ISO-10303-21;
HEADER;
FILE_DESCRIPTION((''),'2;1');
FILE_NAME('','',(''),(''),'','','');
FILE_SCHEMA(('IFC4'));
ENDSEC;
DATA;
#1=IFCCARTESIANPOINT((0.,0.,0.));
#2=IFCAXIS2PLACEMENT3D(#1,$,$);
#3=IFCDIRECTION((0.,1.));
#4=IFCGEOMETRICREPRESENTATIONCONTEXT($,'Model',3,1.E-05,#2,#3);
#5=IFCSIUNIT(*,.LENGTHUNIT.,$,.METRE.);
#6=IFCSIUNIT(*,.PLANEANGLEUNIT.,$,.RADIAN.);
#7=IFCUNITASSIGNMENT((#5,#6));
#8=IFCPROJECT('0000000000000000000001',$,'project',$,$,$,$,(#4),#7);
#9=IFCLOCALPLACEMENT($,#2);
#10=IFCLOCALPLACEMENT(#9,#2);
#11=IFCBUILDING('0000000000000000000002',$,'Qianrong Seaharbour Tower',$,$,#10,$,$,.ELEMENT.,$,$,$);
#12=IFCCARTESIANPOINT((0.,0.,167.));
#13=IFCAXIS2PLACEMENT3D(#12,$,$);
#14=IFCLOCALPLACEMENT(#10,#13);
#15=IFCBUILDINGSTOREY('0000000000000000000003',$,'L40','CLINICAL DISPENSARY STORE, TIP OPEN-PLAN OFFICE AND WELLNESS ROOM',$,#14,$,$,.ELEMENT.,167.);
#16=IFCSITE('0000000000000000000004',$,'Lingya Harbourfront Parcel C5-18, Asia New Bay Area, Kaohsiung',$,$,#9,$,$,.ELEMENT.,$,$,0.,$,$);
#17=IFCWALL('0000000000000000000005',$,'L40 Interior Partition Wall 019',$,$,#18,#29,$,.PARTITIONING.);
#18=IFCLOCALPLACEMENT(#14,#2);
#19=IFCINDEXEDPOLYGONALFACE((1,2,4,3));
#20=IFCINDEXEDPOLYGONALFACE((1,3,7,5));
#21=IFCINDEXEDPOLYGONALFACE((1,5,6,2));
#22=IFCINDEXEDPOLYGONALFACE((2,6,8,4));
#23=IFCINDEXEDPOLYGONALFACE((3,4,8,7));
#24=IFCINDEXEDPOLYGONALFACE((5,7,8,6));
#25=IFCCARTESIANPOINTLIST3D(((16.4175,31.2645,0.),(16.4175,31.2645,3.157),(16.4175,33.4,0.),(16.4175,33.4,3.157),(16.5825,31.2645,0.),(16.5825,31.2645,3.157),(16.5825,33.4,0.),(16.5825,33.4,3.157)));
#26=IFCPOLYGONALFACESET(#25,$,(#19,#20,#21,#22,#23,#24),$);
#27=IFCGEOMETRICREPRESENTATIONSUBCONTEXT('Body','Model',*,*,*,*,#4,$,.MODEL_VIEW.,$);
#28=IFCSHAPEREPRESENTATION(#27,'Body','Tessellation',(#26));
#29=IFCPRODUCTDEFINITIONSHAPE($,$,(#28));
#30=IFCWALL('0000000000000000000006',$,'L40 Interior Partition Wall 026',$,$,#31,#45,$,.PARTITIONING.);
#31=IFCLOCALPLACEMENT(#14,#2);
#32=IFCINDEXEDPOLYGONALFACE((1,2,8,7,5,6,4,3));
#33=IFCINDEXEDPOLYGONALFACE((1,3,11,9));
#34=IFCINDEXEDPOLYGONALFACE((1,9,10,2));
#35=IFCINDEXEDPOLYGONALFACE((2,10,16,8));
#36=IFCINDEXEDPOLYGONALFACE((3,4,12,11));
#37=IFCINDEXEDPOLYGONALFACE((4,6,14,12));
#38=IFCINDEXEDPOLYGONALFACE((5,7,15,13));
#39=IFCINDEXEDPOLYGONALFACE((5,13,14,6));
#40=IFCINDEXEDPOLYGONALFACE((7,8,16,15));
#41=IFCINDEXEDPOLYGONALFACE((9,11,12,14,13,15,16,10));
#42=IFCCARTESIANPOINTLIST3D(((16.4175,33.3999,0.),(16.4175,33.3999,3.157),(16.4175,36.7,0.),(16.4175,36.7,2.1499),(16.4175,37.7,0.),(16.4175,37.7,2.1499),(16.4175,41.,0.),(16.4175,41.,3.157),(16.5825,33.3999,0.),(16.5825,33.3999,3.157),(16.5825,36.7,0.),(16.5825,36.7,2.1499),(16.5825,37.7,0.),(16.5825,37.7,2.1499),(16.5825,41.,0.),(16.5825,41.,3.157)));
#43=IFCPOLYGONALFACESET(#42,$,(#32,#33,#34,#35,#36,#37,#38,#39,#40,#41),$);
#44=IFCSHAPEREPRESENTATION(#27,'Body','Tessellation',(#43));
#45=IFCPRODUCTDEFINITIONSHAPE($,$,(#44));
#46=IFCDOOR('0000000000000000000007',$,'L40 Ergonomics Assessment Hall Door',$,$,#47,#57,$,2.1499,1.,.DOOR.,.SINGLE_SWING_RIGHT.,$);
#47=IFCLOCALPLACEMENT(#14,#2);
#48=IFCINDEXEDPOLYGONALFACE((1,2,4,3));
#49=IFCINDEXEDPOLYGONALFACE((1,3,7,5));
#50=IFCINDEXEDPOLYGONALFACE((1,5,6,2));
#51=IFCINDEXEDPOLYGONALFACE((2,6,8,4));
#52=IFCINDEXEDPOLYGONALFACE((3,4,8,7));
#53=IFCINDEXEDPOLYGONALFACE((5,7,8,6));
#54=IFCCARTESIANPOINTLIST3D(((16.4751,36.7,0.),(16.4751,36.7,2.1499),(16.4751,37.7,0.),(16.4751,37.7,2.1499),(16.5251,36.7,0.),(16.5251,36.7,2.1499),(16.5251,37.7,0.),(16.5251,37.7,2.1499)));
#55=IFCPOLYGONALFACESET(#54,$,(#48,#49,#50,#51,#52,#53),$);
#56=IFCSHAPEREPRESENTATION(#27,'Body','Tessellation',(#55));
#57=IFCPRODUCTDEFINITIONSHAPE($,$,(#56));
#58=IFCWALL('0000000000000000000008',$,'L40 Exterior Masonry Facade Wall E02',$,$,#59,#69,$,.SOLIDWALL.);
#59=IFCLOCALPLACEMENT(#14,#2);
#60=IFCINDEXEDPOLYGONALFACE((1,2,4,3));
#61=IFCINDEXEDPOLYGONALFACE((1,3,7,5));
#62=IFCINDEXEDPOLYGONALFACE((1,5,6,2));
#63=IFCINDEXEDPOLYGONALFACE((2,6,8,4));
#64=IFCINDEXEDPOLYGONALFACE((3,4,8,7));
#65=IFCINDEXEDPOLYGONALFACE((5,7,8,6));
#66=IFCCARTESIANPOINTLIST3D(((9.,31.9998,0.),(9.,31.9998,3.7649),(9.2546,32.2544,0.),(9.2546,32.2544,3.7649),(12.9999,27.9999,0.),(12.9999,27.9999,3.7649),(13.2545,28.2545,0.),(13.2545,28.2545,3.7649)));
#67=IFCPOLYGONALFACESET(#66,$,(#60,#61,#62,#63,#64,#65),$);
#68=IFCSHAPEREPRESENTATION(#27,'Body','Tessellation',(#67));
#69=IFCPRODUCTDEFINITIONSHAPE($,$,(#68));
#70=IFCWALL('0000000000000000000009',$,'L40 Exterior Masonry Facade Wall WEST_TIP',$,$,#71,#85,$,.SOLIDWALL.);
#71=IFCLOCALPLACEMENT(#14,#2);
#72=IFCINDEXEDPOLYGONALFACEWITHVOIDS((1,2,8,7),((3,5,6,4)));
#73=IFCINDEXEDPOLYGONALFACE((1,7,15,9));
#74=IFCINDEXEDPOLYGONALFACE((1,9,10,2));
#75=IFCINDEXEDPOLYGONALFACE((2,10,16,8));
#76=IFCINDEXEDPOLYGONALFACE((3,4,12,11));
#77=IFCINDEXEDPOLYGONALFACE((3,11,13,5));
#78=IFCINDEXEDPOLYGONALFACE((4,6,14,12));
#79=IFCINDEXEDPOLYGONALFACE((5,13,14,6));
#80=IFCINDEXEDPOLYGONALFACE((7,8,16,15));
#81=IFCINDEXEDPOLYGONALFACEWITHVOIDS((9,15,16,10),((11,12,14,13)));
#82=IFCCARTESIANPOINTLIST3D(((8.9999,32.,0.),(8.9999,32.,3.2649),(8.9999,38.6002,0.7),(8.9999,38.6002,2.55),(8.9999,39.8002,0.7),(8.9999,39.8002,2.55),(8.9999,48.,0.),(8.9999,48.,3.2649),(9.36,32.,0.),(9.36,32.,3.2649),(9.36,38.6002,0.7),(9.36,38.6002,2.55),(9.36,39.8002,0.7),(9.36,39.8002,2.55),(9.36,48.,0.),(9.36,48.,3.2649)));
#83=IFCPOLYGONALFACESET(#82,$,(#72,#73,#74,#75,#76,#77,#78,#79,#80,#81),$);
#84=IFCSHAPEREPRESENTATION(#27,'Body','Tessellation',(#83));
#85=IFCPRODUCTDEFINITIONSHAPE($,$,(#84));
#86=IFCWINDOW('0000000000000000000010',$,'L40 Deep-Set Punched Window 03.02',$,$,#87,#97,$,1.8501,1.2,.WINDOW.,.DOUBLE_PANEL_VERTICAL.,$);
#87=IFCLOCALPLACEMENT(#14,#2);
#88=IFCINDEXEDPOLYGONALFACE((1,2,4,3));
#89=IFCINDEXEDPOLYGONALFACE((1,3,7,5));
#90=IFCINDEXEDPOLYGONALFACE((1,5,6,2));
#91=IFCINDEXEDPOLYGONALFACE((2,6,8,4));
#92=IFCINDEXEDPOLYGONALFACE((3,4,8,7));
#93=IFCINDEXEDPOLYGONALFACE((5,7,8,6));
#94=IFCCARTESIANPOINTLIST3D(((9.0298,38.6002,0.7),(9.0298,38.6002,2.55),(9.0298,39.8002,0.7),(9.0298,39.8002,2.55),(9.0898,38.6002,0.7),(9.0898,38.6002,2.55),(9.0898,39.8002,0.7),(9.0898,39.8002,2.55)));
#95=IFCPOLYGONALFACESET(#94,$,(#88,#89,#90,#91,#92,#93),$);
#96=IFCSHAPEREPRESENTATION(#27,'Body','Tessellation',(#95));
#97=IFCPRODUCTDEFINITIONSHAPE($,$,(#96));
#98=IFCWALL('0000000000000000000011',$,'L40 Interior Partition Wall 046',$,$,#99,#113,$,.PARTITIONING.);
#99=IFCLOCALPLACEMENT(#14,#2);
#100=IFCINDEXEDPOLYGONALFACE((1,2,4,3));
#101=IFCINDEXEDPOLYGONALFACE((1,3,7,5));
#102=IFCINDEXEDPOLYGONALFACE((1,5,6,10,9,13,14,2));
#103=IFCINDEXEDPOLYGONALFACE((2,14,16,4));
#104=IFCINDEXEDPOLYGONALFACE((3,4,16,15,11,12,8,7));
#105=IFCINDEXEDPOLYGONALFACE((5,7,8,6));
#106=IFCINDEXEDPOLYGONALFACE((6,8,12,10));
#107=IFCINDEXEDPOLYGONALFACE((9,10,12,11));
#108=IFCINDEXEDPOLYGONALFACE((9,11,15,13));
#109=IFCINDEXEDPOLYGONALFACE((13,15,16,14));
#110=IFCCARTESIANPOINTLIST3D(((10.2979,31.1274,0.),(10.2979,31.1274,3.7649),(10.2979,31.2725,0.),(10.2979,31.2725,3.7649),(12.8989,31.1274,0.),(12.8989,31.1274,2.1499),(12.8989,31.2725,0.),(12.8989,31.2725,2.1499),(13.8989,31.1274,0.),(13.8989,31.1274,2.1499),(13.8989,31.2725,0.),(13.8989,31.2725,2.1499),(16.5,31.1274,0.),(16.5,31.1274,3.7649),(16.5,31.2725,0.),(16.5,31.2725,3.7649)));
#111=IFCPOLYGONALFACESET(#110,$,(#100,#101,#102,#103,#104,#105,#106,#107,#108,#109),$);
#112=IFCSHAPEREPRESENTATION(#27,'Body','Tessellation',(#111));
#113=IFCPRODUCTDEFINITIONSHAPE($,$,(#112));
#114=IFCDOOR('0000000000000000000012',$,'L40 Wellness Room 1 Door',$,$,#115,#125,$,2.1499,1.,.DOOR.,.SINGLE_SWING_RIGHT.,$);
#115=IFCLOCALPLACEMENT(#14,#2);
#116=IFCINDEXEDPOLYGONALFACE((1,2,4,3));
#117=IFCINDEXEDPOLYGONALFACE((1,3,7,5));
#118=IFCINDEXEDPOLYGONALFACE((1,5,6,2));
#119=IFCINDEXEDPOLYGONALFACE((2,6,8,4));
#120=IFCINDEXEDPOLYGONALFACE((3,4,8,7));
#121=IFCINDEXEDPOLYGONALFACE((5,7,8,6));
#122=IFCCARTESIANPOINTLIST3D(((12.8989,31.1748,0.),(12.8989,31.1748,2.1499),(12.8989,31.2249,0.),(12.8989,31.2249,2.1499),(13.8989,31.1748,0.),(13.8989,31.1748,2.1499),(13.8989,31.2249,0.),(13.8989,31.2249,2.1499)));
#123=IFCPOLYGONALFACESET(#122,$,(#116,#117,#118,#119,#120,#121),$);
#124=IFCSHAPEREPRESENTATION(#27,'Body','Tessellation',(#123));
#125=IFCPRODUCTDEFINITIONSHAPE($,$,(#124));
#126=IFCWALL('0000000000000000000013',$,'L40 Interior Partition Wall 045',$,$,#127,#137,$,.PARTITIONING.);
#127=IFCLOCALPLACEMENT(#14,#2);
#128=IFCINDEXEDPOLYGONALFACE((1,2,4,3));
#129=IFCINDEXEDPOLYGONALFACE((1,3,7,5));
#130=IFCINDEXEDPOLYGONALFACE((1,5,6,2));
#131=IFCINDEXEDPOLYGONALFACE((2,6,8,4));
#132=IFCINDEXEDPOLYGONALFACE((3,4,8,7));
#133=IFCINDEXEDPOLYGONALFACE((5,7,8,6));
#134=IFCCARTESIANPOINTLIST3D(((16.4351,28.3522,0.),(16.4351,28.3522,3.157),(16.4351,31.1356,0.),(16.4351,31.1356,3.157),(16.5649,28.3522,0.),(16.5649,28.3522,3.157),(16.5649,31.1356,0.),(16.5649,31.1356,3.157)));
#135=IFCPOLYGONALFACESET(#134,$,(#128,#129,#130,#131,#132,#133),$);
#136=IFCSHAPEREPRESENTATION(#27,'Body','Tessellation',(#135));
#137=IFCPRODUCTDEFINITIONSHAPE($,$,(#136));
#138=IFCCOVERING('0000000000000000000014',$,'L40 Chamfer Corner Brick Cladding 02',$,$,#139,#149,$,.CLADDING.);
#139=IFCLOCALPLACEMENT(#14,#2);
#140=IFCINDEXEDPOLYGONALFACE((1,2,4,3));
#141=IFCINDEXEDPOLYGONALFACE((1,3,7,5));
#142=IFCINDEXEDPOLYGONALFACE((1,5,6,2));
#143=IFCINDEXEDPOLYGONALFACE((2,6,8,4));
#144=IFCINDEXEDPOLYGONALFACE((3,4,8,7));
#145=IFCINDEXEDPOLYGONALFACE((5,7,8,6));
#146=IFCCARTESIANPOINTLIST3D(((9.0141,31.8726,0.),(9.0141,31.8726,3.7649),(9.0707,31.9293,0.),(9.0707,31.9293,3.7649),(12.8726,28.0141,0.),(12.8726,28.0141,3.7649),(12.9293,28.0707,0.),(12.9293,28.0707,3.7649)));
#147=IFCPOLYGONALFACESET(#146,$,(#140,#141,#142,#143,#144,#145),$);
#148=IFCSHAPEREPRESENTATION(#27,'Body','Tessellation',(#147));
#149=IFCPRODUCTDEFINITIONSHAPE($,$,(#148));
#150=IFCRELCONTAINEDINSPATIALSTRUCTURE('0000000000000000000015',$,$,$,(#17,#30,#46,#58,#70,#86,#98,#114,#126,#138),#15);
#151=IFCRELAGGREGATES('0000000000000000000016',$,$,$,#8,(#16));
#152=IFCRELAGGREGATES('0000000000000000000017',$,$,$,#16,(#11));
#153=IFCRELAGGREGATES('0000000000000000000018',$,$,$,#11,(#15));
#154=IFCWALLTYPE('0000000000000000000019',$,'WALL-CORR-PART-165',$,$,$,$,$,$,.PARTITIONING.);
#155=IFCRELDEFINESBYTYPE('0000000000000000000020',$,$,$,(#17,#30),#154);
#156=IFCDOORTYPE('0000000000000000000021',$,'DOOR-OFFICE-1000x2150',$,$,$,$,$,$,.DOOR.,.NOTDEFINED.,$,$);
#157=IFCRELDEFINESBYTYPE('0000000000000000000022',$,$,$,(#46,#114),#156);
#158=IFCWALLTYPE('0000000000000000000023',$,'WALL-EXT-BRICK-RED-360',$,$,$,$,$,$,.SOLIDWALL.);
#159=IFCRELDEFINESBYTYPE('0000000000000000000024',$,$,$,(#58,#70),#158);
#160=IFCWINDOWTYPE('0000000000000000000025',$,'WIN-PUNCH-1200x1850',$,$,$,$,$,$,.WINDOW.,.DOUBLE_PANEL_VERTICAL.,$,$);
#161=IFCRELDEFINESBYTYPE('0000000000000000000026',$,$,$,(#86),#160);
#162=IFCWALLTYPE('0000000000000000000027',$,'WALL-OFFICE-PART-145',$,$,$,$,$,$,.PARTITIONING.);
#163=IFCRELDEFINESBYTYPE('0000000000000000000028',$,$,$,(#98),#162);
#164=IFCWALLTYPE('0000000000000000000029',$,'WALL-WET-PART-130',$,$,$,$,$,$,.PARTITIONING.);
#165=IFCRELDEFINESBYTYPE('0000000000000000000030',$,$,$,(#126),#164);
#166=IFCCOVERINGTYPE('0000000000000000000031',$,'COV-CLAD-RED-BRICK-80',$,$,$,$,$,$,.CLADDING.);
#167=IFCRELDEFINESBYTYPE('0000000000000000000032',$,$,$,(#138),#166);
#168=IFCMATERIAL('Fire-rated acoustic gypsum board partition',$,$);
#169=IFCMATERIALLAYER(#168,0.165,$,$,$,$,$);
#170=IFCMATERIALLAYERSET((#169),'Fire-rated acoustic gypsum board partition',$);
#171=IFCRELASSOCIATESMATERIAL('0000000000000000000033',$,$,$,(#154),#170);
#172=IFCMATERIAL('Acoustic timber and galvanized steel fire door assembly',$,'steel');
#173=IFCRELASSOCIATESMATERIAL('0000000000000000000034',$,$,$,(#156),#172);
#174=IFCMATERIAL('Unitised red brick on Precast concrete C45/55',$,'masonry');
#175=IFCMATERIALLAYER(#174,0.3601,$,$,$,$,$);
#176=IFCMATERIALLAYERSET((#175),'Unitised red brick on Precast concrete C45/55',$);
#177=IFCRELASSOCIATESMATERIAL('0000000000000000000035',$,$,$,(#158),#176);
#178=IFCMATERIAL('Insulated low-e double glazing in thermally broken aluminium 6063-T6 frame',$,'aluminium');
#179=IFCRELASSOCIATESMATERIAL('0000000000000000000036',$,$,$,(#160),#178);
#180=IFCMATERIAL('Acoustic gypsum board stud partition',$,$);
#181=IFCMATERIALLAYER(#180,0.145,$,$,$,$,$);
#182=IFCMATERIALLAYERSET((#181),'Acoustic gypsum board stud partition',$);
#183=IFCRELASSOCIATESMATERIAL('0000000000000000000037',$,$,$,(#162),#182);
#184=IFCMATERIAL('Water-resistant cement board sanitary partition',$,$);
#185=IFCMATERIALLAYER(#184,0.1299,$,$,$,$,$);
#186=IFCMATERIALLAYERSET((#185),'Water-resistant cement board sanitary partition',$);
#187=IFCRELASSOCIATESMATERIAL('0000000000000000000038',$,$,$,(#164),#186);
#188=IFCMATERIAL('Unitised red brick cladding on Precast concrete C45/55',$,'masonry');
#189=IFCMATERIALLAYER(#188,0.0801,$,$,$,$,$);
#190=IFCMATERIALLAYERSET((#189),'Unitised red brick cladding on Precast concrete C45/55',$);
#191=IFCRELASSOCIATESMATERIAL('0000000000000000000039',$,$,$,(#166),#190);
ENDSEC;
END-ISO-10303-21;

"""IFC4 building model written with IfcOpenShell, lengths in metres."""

from ifc_helpers import new_model, si_unit, direction, frame, frame_2d, origin, origin_2d, place, context, subcontext, project, spatial, rectangle, extrude, material, layer, layer_set, type_object, element, fill, save


model = new_model("IFC4")

# Units and contexts
model_context = context("Model", 3, precision=1e-05, world=origin(), true_north=direction((0.0, 1.0)))
body_context = subcontext(model_context, "Body", "Model", "MODEL_VIEW")
ifc_project = project(units=[si_unit("LENGTHUNIT", "METRE"), si_unit("PLANEANGLEUNIT", "RADIAN")], contexts=[model_context])

# Site, building, storey
site_placement = place(None, origin())
site = spatial("IfcSite", under=ifc_project, at=site_placement, Name="Lingya Harbourfront Parcel C5-18, Asia New Bay Area, Kaohsiung", CompositionType="ELEMENT", RefElevation=0.0)
building_placement = place(site_placement, origin())
building = spatial("IfcBuilding", under=site, at=building_placement, Name="Qianrong Seaharbour Tower", CompositionType="ELEMENT")
storey_placement = place(building_placement, frame((0.0, 0.0, 167.0)))
storey = spatial("IfcBuildingStorey", under=building, at=storey_placement, Name="L40", Description="CLINICAL DISPENSARY STORE, TIP OPEN-PLAN OFFICE AND WELLNESS ROOM", CompositionType="ELEMENT", Elevation=167.0)

# Wall
ifc_material_1 = material(Name="Fire-rated acoustic gypsum board partition")
ifc_layer_1 = layer(ifc_material_1, 0.165)
ifc_layer_set_1 = layer_set([ifc_layer_1], Name="Fire-rated acoustic gypsum board partition")
wall_type_1 = type_object("IfcWallType", Name="WALL-CORR-PART-165", PredefinedType="PARTITIONING", material=ifc_layer_set_1)
wall_1_placement = place(storey_placement, frame((16.5, 31.2644, 0.0), z_axis=(0.0, 0.0, 1.0), x_axis=(0.0, 1.0, 0.0)))
element("IfcWall", 1, at=wall_1_placement, inside=storey, type_object=wall_type_1, Name="L40 Interior Partition Wall 019", PredefinedType="PARTITIONING", context=body_context, shape_type="SweptSolid", body=[
    extrude(rectangle(XDim=2.1355, YDim=0.165, at=frame_2d((1.0679, 0.0))), origin(), (0.0, 0.0, 1.0), 3.157),
])

# Wall, opening, door
wall_2_placement = place(storey_placement, frame((16.5, 33.3999, 0.0), z_axis=(0.0, 0.0, 1.0), x_axis=(0.0, 1.0, 0.0)))
wall_2 = element("IfcWall", 2, at=wall_2_placement, inside=storey, type_object=wall_type_1, Name="L40 Interior Partition Wall 026", PredefinedType="PARTITIONING", context=body_context, shape_type="SweptSolid", body=[
    extrude(rectangle(XDim=7.6001, YDim=0.165, at=frame_2d((3.8, 0.0))), origin(), (0.0, 0.0, 1.0), 3.157),
])
opening_1_placement = place(wall_2_placement, frame((3.3, 0.0, 0.0)))
opening_1 = element("IfcOpeningElement", 3, at=opening_1_placement, cuts=wall_2, PredefinedType="OPENING", context=body_context, shape_type="SweptSolid", body=[
    extrude(rectangle(XDim=1.0, YDim=2.1499, at=frame_2d((0.5, 1.075))), frame((0.0, 0.0925, 0.0), z_axis=(0.0, -1.0, 0.0), x_axis=(1.0, 0.0, 0.0)), (0.0, 0.0, 1.0), 0.1851),
])
ifc_material_2 = material(Name="Acoustic timber and galvanized steel fire door assembly", Category="steel")
door_type = type_object("IfcDoorType", Name="DOOR-OFFICE-1000x2150", OperationType="NOTDEFINED", PredefinedType="DOOR", material=ifc_material_2)
door_1_placement = place(opening_1_placement, origin())
door_1 = element("IfcDoor", 4, at=door_1_placement, inside=storey, type_object=door_type, Name="L40 Ergonomics Assessment Hall Door", OperationType="SINGLE_SWING_RIGHT", OverallHeight=2.1499, OverallWidth=1.0, PredefinedType="DOOR", context=body_context, shape_type="SweptSolid", body=[
    extrude(rectangle(XDim=1.0, YDim=2.1499, at=frame_2d((0.5, 1.075))), frame((0.0, 0.0249, 0.0), z_axis=(0.0, -1.0, 0.0), x_axis=(1.0, 0.0, 0.0)), (0.0, 0.0, 1.0), 0.05),
])
fill(opening_1, door_1)

# Wall
ifc_material_3 = material(Name="Unitised red brick on Precast concrete C45/55", Category="masonry")
ifc_layer_2 = layer(ifc_material_3, 0.3601)
ifc_layer_set_2 = layer_set([ifc_layer_2], Name="Unitised red brick on Precast concrete C45/55")
wall_type_2 = type_object("IfcWallType", Name="WALL-EXT-BRICK-RED-360", PredefinedType="SOLIDWALL", material=ifc_layer_set_2)
wall_3_placement = place(storey_placement, frame((13.1272, 28.1272, 0.0), z_axis=(0.0, 0.0, 1.0), x_axis=(-0.707107, 0.707107, 0.0)))
element("IfcWall", 5, at=wall_3_placement, inside=storey, type_object=wall_type_2, Name="L40 Exterior Masonry Facade Wall E02", PredefinedType="SOLIDWALL", context=body_context, shape_type="SweptSolid", body=[
    extrude(rectangle(XDim=5.6567, YDim=0.3601, at=frame_2d((2.8284, 0.0))), origin(), (0.0, 0.0, 1.0), 3.7649),
])

# Wall, opening, window
wall_4_placement = place(storey_placement, frame((9.1799, 32.0, 0.0), z_axis=(0.0, 0.0, 1.0), x_axis=(0.0, 1.0, 0.0)))
wall_4 = element("IfcWall", 6, at=wall_4_placement, inside=storey, type_object=wall_type_2, Name="L40 Exterior Masonry Facade Wall WEST_TIP", PredefinedType="SOLIDWALL", context=body_context, shape_type="SweptSolid", body=[
    extrude(rectangle(XDim=16.0, YDim=0.3601, at=frame_2d((8.0, 0.0))), origin(), (0.0, 0.0, 1.0), 3.2649),
])
opening_2_placement = place(wall_4_placement, frame((6.6001, 0.0, 0.7)))
opening_2 = element("IfcOpeningElement", 7, at=opening_2_placement, cuts=wall_4, PredefinedType="OPENING", context=body_context, shape_type="SweptSolid", body=[
    extrude(rectangle(XDim=1.2, YDim=1.8501, at=frame_2d((0.6001, 0.925))), frame((0.0, 0.1899, 0.0), z_axis=(0.0, -1.0, 0.0), x_axis=(1.0, 0.0, 0.0)), (0.0, 0.0, 1.0), 0.3801),
])
ifc_material_4 = material(Name="Insulated low-e double glazing in thermally broken aluminium 6063-T6 frame", Category="aluminium")
window_type = type_object("IfcWindowType", Name="WIN-PUNCH-1200x1850", PartitioningType="DOUBLE_PANEL_VERTICAL", PredefinedType="WINDOW", material=ifc_material_4)
window_placement = place(opening_2_placement, origin())
window = element("IfcWindow", 8, at=window_placement, inside=storey, type_object=window_type, Name="L40 Deep-Set Punched Window 03.02", OverallHeight=1.8501, OverallWidth=1.2, PartitioningType="DOUBLE_PANEL_VERTICAL", PredefinedType="WINDOW", context=body_context, shape_type="SweptSolid", body=[
    extrude(rectangle(XDim=1.2, YDim=1.8501, at=frame_2d((0.6001, 0.925))), frame((0.0, 0.1501, 0.0), z_axis=(0.0, -1.0, 0.0), x_axis=(1.0, 0.0, 0.0)), (0.0, 0.0, 1.0), 0.0601),
])
fill(opening_2, window)

# Wall, opening, door
ifc_material_5 = material(Name="Acoustic gypsum board stud partition")
ifc_layer_3 = layer(ifc_material_5, 0.145)
ifc_layer_set_3 = layer_set([ifc_layer_3], Name="Acoustic gypsum board stud partition")
wall_type_3 = type_object("IfcWallType", Name="WALL-OFFICE-PART-145", PredefinedType="PARTITIONING", material=ifc_layer_set_3)
wall_5_placement = place(storey_placement, frame((10.2979, 31.2, 0.0), z_axis=(0.0, 0.0, 1.0), x_axis=(1.0, 0.0, 0.0)))
wall_5 = element("IfcWall", 9, at=wall_5_placement, inside=storey, type_object=wall_type_3, Name="L40 Interior Partition Wall 046", PredefinedType="PARTITIONING", context=body_context, shape_type="SweptSolid", body=[
    extrude(rectangle(XDim=6.2021, YDim=0.145, at=frame_2d((3.1011, 0.0))), origin(), (0.0, 0.0, 1.0), 3.7649),
])
opening_3_placement = place(wall_5_placement, frame((2.6011, 0.0, 0.0)))
opening_3 = element("IfcOpeningElement", 10, at=opening_3_placement, cuts=wall_5, PredefinedType="OPENING", context=body_context, shape_type="SweptSolid", body=[
    extrude(rectangle(XDim=1.0, YDim=2.1499, at=frame_2d((0.5, 1.075))), frame((0.0, 0.0825, 0.0), z_axis=(0.0, -1.0, 0.0), x_axis=(1.0, 0.0, 0.0)), (0.0, 0.0, 1.0), 0.165),
])
door_2_placement = place(opening_3_placement, origin())
door_2 = element("IfcDoor", 11, at=door_2_placement, inside=storey, type_object=door_type, Name="L40 Wellness Room 1 Door", OperationType="SINGLE_SWING_RIGHT", OverallHeight=2.1499, OverallWidth=1.0, PredefinedType="DOOR", context=body_context, shape_type="SweptSolid", body=[
    extrude(rectangle(XDim=1.0, YDim=2.1499, at=frame_2d((0.5, 1.075))), frame((0.0, 0.0249, 0.0), z_axis=(0.0, -1.0, 0.0), x_axis=(1.0, 0.0, 0.0)), (0.0, 0.0, 1.0), 0.05),
])
fill(opening_3, door_2)

# Wall
ifc_material_6 = material(Name="Water-resistant cement board sanitary partition")
ifc_layer_4 = layer(ifc_material_6, 0.1299)
ifc_layer_set_4 = layer_set([ifc_layer_4], Name="Water-resistant cement board sanitary partition")
wall_type_4 = type_object("IfcWallType", Name="WALL-WET-PART-130", PredefinedType="PARTITIONING", material=ifc_layer_set_4)
wall_6_placement = place(storey_placement, frame((16.5, 31.1355, 0.0), z_axis=(0.0, 0.0, 1.0), x_axis=(0.0, -1.0, 0.0)))
element("IfcWall", 12, at=wall_6_placement, inside=storey, type_object=wall_type_4, Name="L40 Interior Partition Wall 045", PredefinedType="PARTITIONING", context=body_context, shape_type="SweptSolid", body=[
    extrude(rectangle(XDim=2.7834, YDim=0.1299, at=frame_2d((1.3916, 0.0))), origin(), (0.0, 0.0, 1.0), 3.157),
])

# Covering
ifc_material_7 = material(Name="Unitised red brick cladding on Precast concrete C45/55", Category="masonry")
ifc_layer_5 = layer(ifc_material_7, 0.0801)
ifc_layer_set_5 = layer_set([ifc_layer_5], Name="Unitised red brick cladding on Precast concrete C45/55")
covering_type_1 = type_object("IfcCoveringType", Name="COV-CLAD-RED-BRICK-80", PredefinedType="CLADDING", material=ifc_layer_set_5)
covering_1_placement = place(storey_placement, frame((10.9717, 29.9717, 0.0), z_axis=(0.0, 0.0, 1.0), x_axis=(-0.707107, 0.707107, 0.0)))
element("IfcCovering", 13, at=covering_1_placement, inside=storey, type_object=covering_type_1, Name="L40 Chamfer Corner Brick Cladding 02", PredefinedType="CLADDING", context=body_context, shape_type="SweptSolid", body=[
    extrude(rectangle(XDim=5.4568, YDim=0.0801, at=origin_2d()), origin(), (0.0, 0.0, 1.0), 3.7649),
])

save(model, "model.ifc")
